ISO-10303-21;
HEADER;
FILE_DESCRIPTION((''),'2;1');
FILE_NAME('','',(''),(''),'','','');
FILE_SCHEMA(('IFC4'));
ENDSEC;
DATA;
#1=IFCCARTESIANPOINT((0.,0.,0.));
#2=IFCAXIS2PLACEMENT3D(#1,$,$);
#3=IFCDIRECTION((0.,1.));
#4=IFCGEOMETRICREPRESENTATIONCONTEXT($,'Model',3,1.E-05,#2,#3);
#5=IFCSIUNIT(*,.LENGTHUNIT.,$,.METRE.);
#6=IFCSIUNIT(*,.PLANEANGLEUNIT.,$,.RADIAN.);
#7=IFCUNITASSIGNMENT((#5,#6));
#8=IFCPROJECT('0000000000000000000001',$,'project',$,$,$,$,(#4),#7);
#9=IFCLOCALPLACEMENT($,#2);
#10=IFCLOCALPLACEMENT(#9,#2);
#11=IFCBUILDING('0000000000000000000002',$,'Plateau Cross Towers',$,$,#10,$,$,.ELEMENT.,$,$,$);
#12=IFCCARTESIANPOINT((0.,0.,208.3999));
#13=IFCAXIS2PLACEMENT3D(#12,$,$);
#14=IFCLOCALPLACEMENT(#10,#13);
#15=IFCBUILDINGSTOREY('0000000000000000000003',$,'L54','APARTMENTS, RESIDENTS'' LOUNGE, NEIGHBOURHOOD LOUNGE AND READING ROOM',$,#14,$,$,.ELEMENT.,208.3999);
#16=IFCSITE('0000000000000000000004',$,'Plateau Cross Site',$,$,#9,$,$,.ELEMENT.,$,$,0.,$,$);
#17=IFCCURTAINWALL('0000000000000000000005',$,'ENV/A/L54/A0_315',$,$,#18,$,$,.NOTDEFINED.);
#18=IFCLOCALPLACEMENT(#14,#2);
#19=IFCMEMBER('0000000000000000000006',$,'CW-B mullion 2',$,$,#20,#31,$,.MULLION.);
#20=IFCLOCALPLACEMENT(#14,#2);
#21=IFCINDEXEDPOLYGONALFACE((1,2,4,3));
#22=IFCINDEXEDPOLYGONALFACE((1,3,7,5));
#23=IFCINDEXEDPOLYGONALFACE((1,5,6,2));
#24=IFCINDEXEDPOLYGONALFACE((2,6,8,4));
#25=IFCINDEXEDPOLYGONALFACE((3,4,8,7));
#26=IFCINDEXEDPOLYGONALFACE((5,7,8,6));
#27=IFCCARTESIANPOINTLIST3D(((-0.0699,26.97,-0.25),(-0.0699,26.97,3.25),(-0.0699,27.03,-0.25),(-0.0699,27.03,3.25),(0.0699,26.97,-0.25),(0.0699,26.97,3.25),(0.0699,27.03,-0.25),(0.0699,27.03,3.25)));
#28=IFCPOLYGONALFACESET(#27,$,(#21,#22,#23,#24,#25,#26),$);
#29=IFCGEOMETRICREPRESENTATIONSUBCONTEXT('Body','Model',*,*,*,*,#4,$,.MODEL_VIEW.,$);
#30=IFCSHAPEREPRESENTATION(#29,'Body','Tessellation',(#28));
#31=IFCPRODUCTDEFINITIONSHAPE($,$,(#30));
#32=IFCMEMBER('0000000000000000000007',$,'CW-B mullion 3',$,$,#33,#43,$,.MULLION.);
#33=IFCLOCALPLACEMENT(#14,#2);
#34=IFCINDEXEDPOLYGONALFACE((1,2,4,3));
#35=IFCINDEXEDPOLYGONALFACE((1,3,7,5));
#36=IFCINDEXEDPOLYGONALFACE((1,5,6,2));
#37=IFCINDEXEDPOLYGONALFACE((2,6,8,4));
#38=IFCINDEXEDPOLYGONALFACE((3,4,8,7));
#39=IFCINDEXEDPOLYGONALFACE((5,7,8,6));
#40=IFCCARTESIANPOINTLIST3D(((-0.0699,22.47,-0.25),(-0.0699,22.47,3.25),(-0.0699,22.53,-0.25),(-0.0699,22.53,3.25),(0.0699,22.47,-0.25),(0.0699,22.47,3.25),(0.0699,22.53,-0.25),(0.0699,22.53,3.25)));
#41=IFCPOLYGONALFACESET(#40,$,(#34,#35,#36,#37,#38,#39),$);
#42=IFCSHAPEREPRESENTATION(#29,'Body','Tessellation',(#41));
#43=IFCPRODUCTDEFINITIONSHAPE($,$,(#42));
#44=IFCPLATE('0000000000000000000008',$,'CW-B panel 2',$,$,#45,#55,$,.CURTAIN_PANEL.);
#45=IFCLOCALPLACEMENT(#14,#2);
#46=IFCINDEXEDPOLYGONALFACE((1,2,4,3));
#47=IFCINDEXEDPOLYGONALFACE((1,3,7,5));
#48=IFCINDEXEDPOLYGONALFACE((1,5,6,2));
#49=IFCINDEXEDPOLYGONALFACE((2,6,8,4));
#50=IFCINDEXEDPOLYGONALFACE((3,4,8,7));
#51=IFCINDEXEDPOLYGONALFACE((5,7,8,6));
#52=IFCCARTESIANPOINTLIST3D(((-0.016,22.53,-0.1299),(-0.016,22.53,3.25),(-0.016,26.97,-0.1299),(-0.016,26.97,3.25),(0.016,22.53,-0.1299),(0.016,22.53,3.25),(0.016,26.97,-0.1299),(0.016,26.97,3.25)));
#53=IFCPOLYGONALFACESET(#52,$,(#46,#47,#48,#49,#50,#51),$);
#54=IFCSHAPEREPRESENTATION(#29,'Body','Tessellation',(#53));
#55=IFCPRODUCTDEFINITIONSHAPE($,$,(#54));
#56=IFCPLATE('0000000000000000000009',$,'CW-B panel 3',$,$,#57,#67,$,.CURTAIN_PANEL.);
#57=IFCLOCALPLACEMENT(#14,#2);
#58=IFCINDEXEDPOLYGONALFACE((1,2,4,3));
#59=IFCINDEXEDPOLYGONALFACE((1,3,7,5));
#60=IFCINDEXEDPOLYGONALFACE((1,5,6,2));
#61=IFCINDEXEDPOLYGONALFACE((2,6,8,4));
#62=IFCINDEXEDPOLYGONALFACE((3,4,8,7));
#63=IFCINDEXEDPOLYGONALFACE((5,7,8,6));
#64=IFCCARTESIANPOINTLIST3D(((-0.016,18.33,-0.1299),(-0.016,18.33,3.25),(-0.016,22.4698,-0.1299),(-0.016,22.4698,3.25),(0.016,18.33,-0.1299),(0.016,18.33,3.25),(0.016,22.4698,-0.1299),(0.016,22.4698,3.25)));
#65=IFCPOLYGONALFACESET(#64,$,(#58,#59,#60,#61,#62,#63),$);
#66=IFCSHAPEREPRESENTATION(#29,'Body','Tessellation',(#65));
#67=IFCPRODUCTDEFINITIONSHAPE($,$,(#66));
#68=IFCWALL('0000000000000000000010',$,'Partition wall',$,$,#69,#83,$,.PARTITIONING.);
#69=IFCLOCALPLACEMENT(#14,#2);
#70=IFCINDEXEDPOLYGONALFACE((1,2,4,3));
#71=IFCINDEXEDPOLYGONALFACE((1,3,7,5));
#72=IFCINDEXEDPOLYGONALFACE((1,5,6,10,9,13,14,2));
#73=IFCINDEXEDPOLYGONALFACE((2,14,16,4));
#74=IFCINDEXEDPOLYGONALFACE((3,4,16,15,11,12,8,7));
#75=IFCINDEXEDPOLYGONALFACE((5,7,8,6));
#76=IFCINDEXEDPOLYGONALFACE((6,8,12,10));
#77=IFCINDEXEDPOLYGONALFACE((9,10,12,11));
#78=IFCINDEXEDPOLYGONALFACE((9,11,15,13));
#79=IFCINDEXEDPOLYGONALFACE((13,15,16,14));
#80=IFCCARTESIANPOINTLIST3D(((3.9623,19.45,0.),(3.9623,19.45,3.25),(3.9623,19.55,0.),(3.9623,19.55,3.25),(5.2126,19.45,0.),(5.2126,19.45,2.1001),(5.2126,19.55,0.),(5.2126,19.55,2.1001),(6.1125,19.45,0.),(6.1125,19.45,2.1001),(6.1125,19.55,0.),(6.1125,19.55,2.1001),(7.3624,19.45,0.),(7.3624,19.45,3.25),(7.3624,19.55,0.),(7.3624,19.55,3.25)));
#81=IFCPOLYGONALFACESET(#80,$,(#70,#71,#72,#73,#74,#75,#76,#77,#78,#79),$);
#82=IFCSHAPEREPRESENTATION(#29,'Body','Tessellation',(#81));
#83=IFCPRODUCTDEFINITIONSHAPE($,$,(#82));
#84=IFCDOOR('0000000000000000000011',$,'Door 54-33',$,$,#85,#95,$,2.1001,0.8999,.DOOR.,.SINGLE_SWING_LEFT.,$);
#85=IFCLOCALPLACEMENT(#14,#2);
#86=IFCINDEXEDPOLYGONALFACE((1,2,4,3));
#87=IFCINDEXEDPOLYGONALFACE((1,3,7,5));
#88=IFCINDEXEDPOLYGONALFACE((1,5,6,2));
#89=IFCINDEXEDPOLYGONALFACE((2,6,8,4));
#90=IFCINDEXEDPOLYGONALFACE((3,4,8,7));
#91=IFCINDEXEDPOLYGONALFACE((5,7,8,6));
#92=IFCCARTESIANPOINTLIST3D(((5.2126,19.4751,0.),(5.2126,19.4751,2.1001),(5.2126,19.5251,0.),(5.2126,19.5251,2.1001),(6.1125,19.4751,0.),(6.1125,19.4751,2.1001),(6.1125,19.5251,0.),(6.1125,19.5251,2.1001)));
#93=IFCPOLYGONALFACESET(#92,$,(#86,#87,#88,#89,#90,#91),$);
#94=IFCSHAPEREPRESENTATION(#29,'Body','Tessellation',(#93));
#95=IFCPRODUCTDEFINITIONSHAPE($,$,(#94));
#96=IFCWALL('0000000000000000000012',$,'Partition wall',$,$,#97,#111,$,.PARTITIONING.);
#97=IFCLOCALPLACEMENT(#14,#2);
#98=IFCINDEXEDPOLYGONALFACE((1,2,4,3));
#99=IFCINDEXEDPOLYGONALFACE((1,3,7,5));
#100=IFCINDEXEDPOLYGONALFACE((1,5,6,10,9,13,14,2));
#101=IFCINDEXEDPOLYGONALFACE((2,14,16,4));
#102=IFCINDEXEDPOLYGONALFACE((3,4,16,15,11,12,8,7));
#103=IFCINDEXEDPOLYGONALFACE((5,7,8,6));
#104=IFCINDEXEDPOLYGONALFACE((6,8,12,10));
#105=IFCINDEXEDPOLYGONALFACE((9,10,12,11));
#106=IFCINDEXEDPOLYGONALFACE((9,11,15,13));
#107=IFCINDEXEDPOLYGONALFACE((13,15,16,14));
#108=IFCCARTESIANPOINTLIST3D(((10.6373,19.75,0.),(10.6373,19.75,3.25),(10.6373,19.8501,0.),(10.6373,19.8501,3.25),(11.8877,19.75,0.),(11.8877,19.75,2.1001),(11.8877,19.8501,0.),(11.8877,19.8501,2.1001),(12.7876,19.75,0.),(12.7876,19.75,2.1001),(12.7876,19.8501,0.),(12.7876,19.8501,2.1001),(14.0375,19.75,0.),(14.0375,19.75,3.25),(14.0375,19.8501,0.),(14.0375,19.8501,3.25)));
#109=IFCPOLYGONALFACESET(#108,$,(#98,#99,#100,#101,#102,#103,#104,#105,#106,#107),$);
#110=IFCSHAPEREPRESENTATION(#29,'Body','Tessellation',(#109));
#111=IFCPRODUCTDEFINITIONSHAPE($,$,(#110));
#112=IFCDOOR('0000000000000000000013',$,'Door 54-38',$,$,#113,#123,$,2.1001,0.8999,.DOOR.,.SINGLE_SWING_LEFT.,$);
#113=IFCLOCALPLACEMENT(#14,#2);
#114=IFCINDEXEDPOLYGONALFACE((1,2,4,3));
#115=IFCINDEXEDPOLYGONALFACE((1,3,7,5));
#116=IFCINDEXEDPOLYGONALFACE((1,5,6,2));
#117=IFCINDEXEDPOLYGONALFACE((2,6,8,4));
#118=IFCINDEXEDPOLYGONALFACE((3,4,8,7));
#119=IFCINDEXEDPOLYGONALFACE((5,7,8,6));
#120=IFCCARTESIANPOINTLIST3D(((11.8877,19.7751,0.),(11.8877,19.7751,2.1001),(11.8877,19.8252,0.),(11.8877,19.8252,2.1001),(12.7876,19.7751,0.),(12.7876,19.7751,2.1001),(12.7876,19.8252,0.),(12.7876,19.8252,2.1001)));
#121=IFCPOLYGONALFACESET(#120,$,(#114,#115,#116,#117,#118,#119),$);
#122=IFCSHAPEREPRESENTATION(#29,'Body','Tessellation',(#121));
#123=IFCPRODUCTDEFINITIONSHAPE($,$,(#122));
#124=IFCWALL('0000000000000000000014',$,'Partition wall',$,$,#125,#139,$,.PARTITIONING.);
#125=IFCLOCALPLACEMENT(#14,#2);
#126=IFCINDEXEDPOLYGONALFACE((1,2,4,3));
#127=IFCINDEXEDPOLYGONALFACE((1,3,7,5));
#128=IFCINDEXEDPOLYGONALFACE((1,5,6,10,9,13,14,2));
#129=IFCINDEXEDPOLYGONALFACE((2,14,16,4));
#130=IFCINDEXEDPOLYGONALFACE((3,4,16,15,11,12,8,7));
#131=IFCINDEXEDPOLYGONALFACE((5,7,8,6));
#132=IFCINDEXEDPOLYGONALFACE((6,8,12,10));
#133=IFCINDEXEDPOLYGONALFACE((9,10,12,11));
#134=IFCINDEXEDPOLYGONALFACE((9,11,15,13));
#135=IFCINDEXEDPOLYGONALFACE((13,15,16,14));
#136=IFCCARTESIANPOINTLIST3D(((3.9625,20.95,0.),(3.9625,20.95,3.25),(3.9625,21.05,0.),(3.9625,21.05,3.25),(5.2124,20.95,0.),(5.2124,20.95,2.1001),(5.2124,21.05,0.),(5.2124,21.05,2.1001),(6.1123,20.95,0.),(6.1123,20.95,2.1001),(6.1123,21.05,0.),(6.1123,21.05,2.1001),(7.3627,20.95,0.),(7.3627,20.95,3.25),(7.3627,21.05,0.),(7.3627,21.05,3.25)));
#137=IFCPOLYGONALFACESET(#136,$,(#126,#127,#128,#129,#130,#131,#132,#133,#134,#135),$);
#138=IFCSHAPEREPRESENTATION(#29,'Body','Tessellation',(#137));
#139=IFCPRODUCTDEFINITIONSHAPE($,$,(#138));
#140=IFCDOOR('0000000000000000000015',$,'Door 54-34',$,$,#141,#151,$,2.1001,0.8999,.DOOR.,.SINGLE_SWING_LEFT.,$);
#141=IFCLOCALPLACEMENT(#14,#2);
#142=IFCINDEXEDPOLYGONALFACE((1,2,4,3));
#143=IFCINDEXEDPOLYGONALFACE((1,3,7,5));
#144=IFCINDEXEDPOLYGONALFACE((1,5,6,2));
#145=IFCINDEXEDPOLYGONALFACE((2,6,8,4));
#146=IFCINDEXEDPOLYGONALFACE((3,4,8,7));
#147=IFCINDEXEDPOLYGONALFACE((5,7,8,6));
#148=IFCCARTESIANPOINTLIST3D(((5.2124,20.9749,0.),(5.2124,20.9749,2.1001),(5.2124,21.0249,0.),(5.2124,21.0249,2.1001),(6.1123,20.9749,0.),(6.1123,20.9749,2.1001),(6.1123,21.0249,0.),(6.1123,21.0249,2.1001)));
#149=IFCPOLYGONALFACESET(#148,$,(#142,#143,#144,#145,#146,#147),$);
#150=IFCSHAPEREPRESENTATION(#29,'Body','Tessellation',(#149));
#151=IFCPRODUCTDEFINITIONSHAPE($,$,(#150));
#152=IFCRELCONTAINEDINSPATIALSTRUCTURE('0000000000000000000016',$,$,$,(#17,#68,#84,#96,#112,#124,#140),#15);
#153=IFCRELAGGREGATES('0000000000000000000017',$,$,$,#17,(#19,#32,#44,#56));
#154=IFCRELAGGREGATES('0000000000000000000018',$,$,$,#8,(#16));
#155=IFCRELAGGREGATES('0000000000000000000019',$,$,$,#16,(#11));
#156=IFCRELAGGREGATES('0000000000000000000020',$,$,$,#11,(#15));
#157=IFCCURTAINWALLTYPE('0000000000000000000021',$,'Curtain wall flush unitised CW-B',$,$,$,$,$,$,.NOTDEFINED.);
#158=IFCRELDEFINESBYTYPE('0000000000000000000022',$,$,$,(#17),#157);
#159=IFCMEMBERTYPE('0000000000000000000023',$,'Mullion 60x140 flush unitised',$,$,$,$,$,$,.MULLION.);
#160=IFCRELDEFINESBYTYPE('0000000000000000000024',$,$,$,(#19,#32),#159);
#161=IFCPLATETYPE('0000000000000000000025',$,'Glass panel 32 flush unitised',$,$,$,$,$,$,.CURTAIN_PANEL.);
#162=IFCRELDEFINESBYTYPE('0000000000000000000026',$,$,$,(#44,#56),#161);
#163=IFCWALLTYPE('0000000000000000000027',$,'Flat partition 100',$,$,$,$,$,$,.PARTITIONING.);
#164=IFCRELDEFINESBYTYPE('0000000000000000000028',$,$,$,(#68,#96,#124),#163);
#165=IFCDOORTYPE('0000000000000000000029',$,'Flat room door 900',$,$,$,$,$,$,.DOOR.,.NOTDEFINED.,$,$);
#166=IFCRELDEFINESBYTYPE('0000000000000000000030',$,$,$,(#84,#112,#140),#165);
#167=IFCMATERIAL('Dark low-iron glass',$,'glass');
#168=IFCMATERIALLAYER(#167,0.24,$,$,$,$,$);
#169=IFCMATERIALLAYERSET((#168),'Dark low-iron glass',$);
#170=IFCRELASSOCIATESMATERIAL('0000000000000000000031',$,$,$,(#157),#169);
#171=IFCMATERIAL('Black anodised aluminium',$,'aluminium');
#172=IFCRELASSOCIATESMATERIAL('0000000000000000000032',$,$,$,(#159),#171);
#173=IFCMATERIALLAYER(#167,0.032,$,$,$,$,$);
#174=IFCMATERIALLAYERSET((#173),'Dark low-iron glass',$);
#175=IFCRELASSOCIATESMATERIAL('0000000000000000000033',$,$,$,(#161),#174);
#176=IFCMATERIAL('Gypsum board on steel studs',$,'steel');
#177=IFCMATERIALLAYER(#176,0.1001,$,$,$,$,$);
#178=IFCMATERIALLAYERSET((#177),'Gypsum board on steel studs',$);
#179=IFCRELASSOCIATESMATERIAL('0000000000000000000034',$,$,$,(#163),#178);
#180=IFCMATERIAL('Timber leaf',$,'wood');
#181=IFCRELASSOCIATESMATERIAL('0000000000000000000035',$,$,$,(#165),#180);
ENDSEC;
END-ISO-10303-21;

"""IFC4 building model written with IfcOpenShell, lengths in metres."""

from ifc_helpers import new_model, si_unit, direction, frame, frame_2d, origin, origin_2d, place, context, subcontext, project, spatial, rectangle, extrude, material, layer, layer_set, material_profile, profile_set, type_object, element, fill, aggregate, save


model = new_model("IFC4")

# Units and contexts
model_context = context("Model", 3, precision=1e-05, world=origin(), true_north=direction((0.0, 1.0)))
body_context = subcontext(model_context, "Body", "Model", "MODEL_VIEW")
ifc_project = project(units=[si_unit("LENGTHUNIT", "METRE"), si_unit("PLANEANGLEUNIT", "RADIAN")], contexts=[model_context])

# Site, building, storey
site_placement = place(None, origin())
site = spatial("IfcSite", under=ifc_project, at=site_placement, Name="Plateau Cross Site", CompositionType="ELEMENT", RefElevation=0.0)
building_placement = place(site_placement, origin())
building = spatial("IfcBuilding", under=site, at=building_placement, Name="Plateau Cross Towers", CompositionType="ELEMENT")
storey_placement = place(building_placement, frame((0.0, 0.0, 208.3999)))
storey = spatial("IfcBuildingStorey", under=building, at=storey_placement, Name="L54", Description="APARTMENTS, RESIDENTS' LOUNGE, NEIGHBOURHOOD LOUNGE AND READING ROOM", CompositionType="ELEMENT", Elevation=208.3999)

# Curtain wall, members, plates
ifc_material_1 = material(Name="Dark low-iron glass", Category="glass")
ifc_layer_1 = layer(ifc_material_1, 0.24)
ifc_layer_set_1 = layer_set([ifc_layer_1], Name="Dark low-iron glass")
curtain_wall_type = type_object("IfcCurtainWallType", Name="Curtain wall flush unitised CW-B", PredefinedType="NOTDEFINED", material=ifc_layer_set_1)
curtain_wall_placement = place(storey_placement, origin())
curtain_wall = element("IfcCurtainWall", 1, at=curtain_wall_placement, inside=storey, type_object=curtain_wall_type, Name="ENV/A/L54/A0_315", PredefinedType="NOTDEFINED")
ifc_material_2 = material(Name="Black anodised aluminium", Category="aluminium")
ifc_material_profile = material_profile(ifc_material_2, rectangle(XDim=0.0601, YDim=0.1399, at=origin_2d()), Name="MULLION 60x140")
ifc_profile_set = profile_set([ifc_material_profile], Name="Black anodised aluminium")
member_type = type_object("IfcMemberType", Name="Mullion 60x140 flush unitised", PredefinedType="MULLION", material=ifc_profile_set)
member_1_placement = place(storey_placement, frame((0.0, 27.0, -0.25), z_axis=(0.0, 0.0, 1.0), x_axis=(0.0, -1.0, 0.0)))
member_1 = element("IfcMember", 2, at=member_1_placement, type_object=member_type, Name="CW-B mullion 2", PredefinedType="MULLION", context=body_context, shape_type="SweptSolid", body=[
    extrude(rectangle(XDim=0.0601, YDim=0.1399, at=origin_2d()), origin(), (0.0, 0.0, 1.0), 3.5),
])
member_2_placement = place(storey_placement, frame((0.0, 22.5, -0.25), z_axis=(0.0, 0.0, 1.0), x_axis=(0.0, -1.0, 0.0)))
member_2 = element("IfcMember", 3, at=member_2_placement, type_object=member_type, Name="CW-B mullion 3", PredefinedType="MULLION", context=body_context, shape_type="SweptSolid", body=[
    extrude(rectangle(XDim=0.0601, YDim=0.1399, at=origin_2d()), origin(), (0.0, 0.0, 1.0), 3.5),
])
ifc_layer_2 = layer(ifc_material_1, 0.032)
ifc_layer_set_2 = layer_set([ifc_layer_2], Name="Dark low-iron glass")
plate_type = type_object("IfcPlateType", Name="Glass panel 32 flush unitised", PredefinedType="CURTAIN_PANEL", material=ifc_layer_set_2)
plate_1_placement = place(storey_placement, frame((0.0, 24.75, -0.1299), z_axis=(0.0, 0.0, 1.0), x_axis=(0.0, -1.0, 0.0)))
plate_1 = element("IfcPlate", 4, at=plate_1_placement, type_object=plate_type, Name="CW-B panel 2", PredefinedType="CURTAIN_PANEL", context=body_context, shape_type="SweptSolid", body=[
    extrude(rectangle(XDim=4.4399, YDim=0.032, at=origin_2d()), origin(), (0.0, 0.0, 1.0), 3.3799),
])
plate_2_placement = place(storey_placement, frame((0.0, 20.3999, -0.1299), z_axis=(0.0, 0.0, 1.0), x_axis=(0.0, -1.0, 0.0)))
plate_2 = element("IfcPlate", 5, at=plate_2_placement, type_object=plate_type, Name="CW-B panel 3", PredefinedType="CURTAIN_PANEL", context=body_context, shape_type="SweptSolid", body=[
    extrude(rectangle(XDim=4.1399, YDim=0.032, at=origin_2d()), origin(), (0.0, 0.0, 1.0), 3.3799),
])
aggregate(curtain_wall, [member_1, member_2, plate_1, plate_2])

# Walls, openings, doors
ifc_material_3 = material(Name="Gypsum board on steel studs", Category="steel")
ifc_layer_3 = layer(ifc_material_3, 0.1001)
ifc_layer_set_3 = layer_set([ifc_layer_3], Name="Gypsum board on steel studs")
wall_type_1 = type_object("IfcWallType", Name="Flat partition 100", PredefinedType="PARTITIONING", material=ifc_layer_set_3)
wall_1_placement = place(storey_placement, frame((7.3625, 19.5, 0.0), z_axis=(0.0, 0.0, 1.0), x_axis=(-1.0, 0.0, 0.0)))
wall_1 = element("IfcWall", 6, at=wall_1_placement, inside=storey, type_object=wall_type_1, Name="Partition wall", PredefinedType="PARTITIONING", context=body_context, shape_type="SweptSolid", body=[
    extrude(rectangle(XDim=3.4001, YDim=0.1001, at=frame_2d((1.7002, 0.0))), origin(), (0.0, 0.0, 1.0), 3.25),
])
opening_1_placement = place(wall_1_placement, frame((1.25, 0.0, 0.0)))
opening_1 = element("IfcOpeningElement", 7, at=opening_1_placement, cuts=wall_1, PredefinedType="OPENING", context=body_context, shape_type="SweptSolid", body=[
    extrude(rectangle(XDim=0.8999, YDim=2.1001, at=frame_2d((0.45, 1.05))), frame((0.0, 0.0601, 0.0), z_axis=(0.0, -1.0, 0.0), x_axis=(1.0, 0.0, 0.0)), (0.0, 0.0, 1.0), 0.1201),
])
ifc_material_4 = material(Name="Timber leaf", Category="wood")
door_type_1 = type_object("IfcDoorType", Name="Flat room door 900", OperationType="NOTDEFINED", PredefinedType="DOOR", material=ifc_material_4)
door_1_placement = place(opening_1_placement, origin())
door_1 = element("IfcDoor", 8, at=door_1_placement, inside=storey, type_object=door_type_1, Name="Door 54-33", OperationType="SINGLE_SWING_LEFT", OverallHeight=2.1001, OverallWidth=0.8999, PredefinedType="DOOR", context=body_context, shape_type="SweptSolid", body=[
    extrude(rectangle(XDim=0.8999, YDim=2.1001, at=frame_2d((0.45, 1.05))), frame((0.0, 0.0249, 0.0), z_axis=(0.0, -1.0, 0.0), x_axis=(1.0, 0.0, 0.0)), (0.0, 0.0, 1.0), 0.05),
])
fill(opening_1, door_1)
wall_2_placement = place(storey_placement, frame((14.0376, 19.8, 0.0), z_axis=(0.0, 0.0, 1.0), x_axis=(-1.0, 0.0, 0.0)))
wall_2 = element("IfcWall", 9, at=wall_2_placement, inside=storey, type_object=wall_type_1, Name="Partition wall", PredefinedType="PARTITIONING", context=body_context, shape_type="SweptSolid", body=[
    extrude(rectangle(XDim=3.4001, YDim=0.1001, at=frame_2d((1.7002, 0.0))), origin(), (0.0, 0.0, 1.0), 3.25),
])
opening_2_placement = place(wall_2_placement, frame((1.25, 0.0, 0.0)))
opening_2 = element("IfcOpeningElement", 10, at=opening_2_placement, cuts=wall_2, PredefinedType="OPENING", context=body_context, shape_type="SweptSolid", body=[
    extrude(rectangle(XDim=0.8999, YDim=2.1001, at=frame_2d((0.45, 1.05))), frame((0.0, 0.0601, 0.0), z_axis=(0.0, -1.0, 0.0), x_axis=(1.0, 0.0, 0.0)), (0.0, 0.0, 1.0), 0.1201),
])
door_2_placement = place(opening_2_placement, origin())
door_2 = element("IfcDoor", 11, at=door_2_placement, inside=storey, type_object=door_type_1, Name="Door 54-38", OperationType="SINGLE_SWING_LEFT", OverallHeight=2.1001, OverallWidth=0.8999, PredefinedType="DOOR", context=body_context, shape_type="SweptSolid", body=[
    extrude(rectangle(XDim=0.8999, YDim=2.1001, at=frame_2d((0.45, 1.05))), frame((0.0, 0.0249, 0.0), z_axis=(0.0, -1.0, 0.0), x_axis=(1.0, 0.0, 0.0)), (0.0, 0.0, 1.0), 0.05),
])
fill(opening_2, door_2)
wall_3_placement = place(storey_placement, frame((3.9624, 21.0, 0.0), z_axis=(0.0, 0.0, 1.0), x_axis=(1.0, 0.0, 0.0)))
wall_3 = element("IfcWall", 12, at=wall_3_placement, inside=storey, type_object=wall_type_1, Name="Partition wall", PredefinedType="PARTITIONING", context=body_context, shape_type="SweptSolid", body=[
    extrude(rectangle(XDim=3.4001, YDim=0.1001, at=frame_2d((1.7002, 0.0))), origin(), (0.0, 0.0, 1.0), 3.25),
])
opening_3_placement = place(wall_3_placement, frame((1.25, 0.0, 0.0)))
opening_3 = element("IfcOpeningElement", 13, at=opening_3_placement, cuts=wall_3, PredefinedType="OPENING", context=body_context, shape_type="SweptSolid", body=[
    extrude(rectangle(XDim=0.8999, YDim=2.1001, at=frame_2d((0.45, 1.05))), frame((0.0, 0.0601, 0.0), z_axis=(0.0, -1.0, 0.0), x_axis=(1.0, 0.0, 0.0)), (0.0, 0.0, 1.0), 0.1201),
])
door_3_placement = place(opening_3_placement, origin())
door_3 = element("IfcDoor", 14, at=door_3_placement, inside=storey, type_object=door_type_1, Name="Door 54-34", OperationType="SINGLE_SWING_LEFT", OverallHeight=2.1001, OverallWidth=0.8999, PredefinedType="DOOR", context=body_context, shape_type="SweptSolid", body=[
    extrude(rectangle(XDim=0.8999, YDim=2.1001, at=frame_2d((0.45, 1.05))), frame((0.0, 0.0249, 0.0), z_axis=(0.0, -1.0, 0.0), x_axis=(1.0, 0.0, 0.0)), (0.0, 0.0, 1.0), 0.05),
])
fill(opening_3, door_3)

save(model, "model.ifc")
